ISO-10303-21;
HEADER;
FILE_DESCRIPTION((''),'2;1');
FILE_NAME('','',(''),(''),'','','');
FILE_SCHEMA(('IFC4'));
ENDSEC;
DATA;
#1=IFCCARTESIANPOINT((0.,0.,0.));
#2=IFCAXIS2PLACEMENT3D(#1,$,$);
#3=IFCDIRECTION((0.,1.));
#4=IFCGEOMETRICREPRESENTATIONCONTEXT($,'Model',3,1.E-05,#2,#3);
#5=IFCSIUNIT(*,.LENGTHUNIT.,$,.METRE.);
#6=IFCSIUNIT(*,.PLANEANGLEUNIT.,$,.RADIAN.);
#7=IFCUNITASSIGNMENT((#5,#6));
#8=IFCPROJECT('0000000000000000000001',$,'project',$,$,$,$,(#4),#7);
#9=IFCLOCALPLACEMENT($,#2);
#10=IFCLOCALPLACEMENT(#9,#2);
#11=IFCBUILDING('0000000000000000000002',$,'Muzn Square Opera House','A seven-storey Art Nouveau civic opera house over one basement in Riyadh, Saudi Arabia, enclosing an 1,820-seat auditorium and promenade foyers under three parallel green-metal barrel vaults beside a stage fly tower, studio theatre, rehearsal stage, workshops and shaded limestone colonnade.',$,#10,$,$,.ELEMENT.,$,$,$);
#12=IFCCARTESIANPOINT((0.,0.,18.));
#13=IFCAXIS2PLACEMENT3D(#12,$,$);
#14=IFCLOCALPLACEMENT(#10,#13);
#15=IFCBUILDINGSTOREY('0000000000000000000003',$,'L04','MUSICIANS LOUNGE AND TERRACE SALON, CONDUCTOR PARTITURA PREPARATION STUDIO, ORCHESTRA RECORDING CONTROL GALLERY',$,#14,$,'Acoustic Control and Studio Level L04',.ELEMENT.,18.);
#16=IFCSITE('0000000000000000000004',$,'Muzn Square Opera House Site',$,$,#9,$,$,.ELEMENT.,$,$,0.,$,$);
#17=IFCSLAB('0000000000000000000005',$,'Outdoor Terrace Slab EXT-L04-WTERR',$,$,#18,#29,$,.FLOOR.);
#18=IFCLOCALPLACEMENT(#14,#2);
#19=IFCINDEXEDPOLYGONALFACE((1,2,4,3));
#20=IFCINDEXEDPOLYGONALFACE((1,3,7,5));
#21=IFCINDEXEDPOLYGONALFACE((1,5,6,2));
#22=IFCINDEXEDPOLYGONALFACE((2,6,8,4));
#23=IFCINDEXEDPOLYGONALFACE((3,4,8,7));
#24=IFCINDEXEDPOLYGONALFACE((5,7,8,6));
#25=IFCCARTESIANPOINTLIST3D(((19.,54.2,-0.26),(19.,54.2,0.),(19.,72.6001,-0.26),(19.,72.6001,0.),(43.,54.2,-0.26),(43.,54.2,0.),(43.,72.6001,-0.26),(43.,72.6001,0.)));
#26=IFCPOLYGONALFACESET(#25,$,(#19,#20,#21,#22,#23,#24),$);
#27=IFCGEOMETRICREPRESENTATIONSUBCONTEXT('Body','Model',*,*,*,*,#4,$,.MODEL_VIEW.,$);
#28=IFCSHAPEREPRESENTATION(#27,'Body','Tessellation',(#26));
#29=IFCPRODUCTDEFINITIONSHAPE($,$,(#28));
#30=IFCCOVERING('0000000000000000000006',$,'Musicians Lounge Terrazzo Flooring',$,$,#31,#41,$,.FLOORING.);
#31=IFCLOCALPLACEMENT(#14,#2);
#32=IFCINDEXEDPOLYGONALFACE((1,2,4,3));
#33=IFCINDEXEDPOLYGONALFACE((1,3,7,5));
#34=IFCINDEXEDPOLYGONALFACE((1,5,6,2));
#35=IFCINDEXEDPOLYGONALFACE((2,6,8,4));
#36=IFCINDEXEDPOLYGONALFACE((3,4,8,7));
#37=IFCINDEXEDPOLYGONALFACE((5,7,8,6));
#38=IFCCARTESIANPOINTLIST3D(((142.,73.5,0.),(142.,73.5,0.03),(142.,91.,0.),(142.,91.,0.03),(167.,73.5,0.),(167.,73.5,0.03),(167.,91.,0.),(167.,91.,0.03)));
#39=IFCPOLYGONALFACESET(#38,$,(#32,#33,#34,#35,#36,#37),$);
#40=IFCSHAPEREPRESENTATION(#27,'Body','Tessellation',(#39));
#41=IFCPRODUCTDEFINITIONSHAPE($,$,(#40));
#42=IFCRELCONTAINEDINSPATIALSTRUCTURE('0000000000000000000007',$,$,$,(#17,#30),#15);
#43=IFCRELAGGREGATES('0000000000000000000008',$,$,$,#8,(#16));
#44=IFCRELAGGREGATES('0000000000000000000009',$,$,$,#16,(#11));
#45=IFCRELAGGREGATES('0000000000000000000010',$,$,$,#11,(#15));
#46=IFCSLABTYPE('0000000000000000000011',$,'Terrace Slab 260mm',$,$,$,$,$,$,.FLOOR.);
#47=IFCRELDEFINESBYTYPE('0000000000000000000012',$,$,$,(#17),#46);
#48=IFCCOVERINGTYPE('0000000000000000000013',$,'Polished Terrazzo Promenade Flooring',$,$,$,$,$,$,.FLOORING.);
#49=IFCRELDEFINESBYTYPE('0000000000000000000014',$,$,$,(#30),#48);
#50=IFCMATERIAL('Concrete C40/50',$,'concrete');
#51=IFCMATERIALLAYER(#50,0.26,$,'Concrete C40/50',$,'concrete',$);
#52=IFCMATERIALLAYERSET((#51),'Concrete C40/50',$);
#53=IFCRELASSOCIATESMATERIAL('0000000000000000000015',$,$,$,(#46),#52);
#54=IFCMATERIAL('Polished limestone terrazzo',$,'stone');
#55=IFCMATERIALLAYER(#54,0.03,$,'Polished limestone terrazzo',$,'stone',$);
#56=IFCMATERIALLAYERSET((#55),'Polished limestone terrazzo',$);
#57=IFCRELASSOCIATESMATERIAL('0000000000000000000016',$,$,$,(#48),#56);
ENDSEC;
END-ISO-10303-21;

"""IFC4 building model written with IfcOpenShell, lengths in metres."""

from ifc_helpers import new_model, si_unit, direction, frame, origin, place, context, subcontext, project, spatial, polyline, outline, extrude, material, layer, layer_set, type_object, element, save


model = new_model("IFC4")

# Units and contexts
model_context = context("Model", 3, precision=1e-05, world=origin(), true_north=direction((0.0, 1.0)))
body_context = subcontext(model_context, "Body", "Model", "MODEL_VIEW")
ifc_project = project(units=[si_unit("LENGTHUNIT", "METRE"), si_unit("PLANEANGLEUNIT", "RADIAN")], contexts=[model_context])

# Site, building, storey
site_placement = place(None, origin())
site = spatial("IfcSite", under=ifc_project, at=site_placement, Name="Muzn Square Opera House Site", CompositionType="ELEMENT", RefElevation=0.0)
building_placement = place(site_placement, origin())
building = spatial("IfcBuilding", under=site, at=building_placement, Name="Muzn Square Opera House", Description="A seven-storey Art Nouveau civic opera house over one basement in Riyadh, Saudi Arabia, enclosing an 1,820-seat auditorium and promenade foyers under three parallel green-metal barrel vaults beside a stage fly tower, studio theatre, rehearsal stage, workshops and shaded limestone colonnade.", CompositionType="ELEMENT")
storey_placement = place(building_placement, frame((0.0, 0.0, 18.0)))
storey = spatial("IfcBuildingStorey", under=building, at=storey_placement, Name="L04", Description="MUSICIANS LOUNGE AND TERRACE SALON, CONDUCTOR PARTITURA PREPARATION STUDIO, ORCHESTRA RECORDING CONTROL GALLERY", LongName="Acoustic Control and Studio Level L04", CompositionType="ELEMENT", Elevation=18.0)

# Shared definitions
ifc_material_1 = material(Name="Concrete C40/50", Category="concrete")

# Slab
ifc_layer_1 = layer(ifc_material_1, 0.26, Name="Concrete C40/50", Category="concrete")
ifc_layer_set_1 = layer_set([ifc_layer_1], Name="Concrete C40/50")
slab_type_1 = type_object("IfcSlabType", Name="Terrace Slab 260mm", PredefinedType="FLOOR", material=ifc_layer_set_1)
slab_1_placement = place(storey_placement, frame((0.0, 0.0, -0.26)))
element("IfcSlab", 1, at=slab_1_placement, inside=storey, type_object=slab_type_1, Name="Outdoor Terrace Slab EXT-L04-WTERR", PredefinedType="FLOOR", context=body_context, shape_type="SweptSolid", body=[
    extrude(outline(polyline([(19.0, 54.2), (43.0, 54.2), (43.0, 72.6001), (19.0, 72.6001), (19.0, 54.2)])), origin(), (0.0, 0.0, 1.0), 0.26),
])

# Covering
ifc_material_2 = material(Name="Polished limestone terrazzo", Category="stone")
ifc_layer_2 = layer(ifc_material_2, 0.03, Name="Polished limestone terrazzo", Category="stone")
ifc_layer_set_2 = layer_set([ifc_layer_2], Name="Polished limestone terrazzo")
covering_type = type_object("IfcCoveringType", Name="Polished Terrazzo Promenade Flooring", PredefinedType="FLOORING", material=ifc_layer_set_2)
covering_placement = place(storey_placement, origin())
element("IfcCovering", 2, at=covering_placement, inside=storey, type_object=covering_type, Name="Musicians Lounge Terrazzo Flooring", PredefinedType="FLOORING", context=body_context, shape_type="SweptSolid", body=[
    extrude(outline(polyline([(142.0, 73.5), (167.0, 73.5), (167.0, 91.0), (142.0, 91.0), (142.0, 73.5)])), origin(), (0.0, 0.0, 1.0), 0.03),
])

save(model, "model.ifc")
